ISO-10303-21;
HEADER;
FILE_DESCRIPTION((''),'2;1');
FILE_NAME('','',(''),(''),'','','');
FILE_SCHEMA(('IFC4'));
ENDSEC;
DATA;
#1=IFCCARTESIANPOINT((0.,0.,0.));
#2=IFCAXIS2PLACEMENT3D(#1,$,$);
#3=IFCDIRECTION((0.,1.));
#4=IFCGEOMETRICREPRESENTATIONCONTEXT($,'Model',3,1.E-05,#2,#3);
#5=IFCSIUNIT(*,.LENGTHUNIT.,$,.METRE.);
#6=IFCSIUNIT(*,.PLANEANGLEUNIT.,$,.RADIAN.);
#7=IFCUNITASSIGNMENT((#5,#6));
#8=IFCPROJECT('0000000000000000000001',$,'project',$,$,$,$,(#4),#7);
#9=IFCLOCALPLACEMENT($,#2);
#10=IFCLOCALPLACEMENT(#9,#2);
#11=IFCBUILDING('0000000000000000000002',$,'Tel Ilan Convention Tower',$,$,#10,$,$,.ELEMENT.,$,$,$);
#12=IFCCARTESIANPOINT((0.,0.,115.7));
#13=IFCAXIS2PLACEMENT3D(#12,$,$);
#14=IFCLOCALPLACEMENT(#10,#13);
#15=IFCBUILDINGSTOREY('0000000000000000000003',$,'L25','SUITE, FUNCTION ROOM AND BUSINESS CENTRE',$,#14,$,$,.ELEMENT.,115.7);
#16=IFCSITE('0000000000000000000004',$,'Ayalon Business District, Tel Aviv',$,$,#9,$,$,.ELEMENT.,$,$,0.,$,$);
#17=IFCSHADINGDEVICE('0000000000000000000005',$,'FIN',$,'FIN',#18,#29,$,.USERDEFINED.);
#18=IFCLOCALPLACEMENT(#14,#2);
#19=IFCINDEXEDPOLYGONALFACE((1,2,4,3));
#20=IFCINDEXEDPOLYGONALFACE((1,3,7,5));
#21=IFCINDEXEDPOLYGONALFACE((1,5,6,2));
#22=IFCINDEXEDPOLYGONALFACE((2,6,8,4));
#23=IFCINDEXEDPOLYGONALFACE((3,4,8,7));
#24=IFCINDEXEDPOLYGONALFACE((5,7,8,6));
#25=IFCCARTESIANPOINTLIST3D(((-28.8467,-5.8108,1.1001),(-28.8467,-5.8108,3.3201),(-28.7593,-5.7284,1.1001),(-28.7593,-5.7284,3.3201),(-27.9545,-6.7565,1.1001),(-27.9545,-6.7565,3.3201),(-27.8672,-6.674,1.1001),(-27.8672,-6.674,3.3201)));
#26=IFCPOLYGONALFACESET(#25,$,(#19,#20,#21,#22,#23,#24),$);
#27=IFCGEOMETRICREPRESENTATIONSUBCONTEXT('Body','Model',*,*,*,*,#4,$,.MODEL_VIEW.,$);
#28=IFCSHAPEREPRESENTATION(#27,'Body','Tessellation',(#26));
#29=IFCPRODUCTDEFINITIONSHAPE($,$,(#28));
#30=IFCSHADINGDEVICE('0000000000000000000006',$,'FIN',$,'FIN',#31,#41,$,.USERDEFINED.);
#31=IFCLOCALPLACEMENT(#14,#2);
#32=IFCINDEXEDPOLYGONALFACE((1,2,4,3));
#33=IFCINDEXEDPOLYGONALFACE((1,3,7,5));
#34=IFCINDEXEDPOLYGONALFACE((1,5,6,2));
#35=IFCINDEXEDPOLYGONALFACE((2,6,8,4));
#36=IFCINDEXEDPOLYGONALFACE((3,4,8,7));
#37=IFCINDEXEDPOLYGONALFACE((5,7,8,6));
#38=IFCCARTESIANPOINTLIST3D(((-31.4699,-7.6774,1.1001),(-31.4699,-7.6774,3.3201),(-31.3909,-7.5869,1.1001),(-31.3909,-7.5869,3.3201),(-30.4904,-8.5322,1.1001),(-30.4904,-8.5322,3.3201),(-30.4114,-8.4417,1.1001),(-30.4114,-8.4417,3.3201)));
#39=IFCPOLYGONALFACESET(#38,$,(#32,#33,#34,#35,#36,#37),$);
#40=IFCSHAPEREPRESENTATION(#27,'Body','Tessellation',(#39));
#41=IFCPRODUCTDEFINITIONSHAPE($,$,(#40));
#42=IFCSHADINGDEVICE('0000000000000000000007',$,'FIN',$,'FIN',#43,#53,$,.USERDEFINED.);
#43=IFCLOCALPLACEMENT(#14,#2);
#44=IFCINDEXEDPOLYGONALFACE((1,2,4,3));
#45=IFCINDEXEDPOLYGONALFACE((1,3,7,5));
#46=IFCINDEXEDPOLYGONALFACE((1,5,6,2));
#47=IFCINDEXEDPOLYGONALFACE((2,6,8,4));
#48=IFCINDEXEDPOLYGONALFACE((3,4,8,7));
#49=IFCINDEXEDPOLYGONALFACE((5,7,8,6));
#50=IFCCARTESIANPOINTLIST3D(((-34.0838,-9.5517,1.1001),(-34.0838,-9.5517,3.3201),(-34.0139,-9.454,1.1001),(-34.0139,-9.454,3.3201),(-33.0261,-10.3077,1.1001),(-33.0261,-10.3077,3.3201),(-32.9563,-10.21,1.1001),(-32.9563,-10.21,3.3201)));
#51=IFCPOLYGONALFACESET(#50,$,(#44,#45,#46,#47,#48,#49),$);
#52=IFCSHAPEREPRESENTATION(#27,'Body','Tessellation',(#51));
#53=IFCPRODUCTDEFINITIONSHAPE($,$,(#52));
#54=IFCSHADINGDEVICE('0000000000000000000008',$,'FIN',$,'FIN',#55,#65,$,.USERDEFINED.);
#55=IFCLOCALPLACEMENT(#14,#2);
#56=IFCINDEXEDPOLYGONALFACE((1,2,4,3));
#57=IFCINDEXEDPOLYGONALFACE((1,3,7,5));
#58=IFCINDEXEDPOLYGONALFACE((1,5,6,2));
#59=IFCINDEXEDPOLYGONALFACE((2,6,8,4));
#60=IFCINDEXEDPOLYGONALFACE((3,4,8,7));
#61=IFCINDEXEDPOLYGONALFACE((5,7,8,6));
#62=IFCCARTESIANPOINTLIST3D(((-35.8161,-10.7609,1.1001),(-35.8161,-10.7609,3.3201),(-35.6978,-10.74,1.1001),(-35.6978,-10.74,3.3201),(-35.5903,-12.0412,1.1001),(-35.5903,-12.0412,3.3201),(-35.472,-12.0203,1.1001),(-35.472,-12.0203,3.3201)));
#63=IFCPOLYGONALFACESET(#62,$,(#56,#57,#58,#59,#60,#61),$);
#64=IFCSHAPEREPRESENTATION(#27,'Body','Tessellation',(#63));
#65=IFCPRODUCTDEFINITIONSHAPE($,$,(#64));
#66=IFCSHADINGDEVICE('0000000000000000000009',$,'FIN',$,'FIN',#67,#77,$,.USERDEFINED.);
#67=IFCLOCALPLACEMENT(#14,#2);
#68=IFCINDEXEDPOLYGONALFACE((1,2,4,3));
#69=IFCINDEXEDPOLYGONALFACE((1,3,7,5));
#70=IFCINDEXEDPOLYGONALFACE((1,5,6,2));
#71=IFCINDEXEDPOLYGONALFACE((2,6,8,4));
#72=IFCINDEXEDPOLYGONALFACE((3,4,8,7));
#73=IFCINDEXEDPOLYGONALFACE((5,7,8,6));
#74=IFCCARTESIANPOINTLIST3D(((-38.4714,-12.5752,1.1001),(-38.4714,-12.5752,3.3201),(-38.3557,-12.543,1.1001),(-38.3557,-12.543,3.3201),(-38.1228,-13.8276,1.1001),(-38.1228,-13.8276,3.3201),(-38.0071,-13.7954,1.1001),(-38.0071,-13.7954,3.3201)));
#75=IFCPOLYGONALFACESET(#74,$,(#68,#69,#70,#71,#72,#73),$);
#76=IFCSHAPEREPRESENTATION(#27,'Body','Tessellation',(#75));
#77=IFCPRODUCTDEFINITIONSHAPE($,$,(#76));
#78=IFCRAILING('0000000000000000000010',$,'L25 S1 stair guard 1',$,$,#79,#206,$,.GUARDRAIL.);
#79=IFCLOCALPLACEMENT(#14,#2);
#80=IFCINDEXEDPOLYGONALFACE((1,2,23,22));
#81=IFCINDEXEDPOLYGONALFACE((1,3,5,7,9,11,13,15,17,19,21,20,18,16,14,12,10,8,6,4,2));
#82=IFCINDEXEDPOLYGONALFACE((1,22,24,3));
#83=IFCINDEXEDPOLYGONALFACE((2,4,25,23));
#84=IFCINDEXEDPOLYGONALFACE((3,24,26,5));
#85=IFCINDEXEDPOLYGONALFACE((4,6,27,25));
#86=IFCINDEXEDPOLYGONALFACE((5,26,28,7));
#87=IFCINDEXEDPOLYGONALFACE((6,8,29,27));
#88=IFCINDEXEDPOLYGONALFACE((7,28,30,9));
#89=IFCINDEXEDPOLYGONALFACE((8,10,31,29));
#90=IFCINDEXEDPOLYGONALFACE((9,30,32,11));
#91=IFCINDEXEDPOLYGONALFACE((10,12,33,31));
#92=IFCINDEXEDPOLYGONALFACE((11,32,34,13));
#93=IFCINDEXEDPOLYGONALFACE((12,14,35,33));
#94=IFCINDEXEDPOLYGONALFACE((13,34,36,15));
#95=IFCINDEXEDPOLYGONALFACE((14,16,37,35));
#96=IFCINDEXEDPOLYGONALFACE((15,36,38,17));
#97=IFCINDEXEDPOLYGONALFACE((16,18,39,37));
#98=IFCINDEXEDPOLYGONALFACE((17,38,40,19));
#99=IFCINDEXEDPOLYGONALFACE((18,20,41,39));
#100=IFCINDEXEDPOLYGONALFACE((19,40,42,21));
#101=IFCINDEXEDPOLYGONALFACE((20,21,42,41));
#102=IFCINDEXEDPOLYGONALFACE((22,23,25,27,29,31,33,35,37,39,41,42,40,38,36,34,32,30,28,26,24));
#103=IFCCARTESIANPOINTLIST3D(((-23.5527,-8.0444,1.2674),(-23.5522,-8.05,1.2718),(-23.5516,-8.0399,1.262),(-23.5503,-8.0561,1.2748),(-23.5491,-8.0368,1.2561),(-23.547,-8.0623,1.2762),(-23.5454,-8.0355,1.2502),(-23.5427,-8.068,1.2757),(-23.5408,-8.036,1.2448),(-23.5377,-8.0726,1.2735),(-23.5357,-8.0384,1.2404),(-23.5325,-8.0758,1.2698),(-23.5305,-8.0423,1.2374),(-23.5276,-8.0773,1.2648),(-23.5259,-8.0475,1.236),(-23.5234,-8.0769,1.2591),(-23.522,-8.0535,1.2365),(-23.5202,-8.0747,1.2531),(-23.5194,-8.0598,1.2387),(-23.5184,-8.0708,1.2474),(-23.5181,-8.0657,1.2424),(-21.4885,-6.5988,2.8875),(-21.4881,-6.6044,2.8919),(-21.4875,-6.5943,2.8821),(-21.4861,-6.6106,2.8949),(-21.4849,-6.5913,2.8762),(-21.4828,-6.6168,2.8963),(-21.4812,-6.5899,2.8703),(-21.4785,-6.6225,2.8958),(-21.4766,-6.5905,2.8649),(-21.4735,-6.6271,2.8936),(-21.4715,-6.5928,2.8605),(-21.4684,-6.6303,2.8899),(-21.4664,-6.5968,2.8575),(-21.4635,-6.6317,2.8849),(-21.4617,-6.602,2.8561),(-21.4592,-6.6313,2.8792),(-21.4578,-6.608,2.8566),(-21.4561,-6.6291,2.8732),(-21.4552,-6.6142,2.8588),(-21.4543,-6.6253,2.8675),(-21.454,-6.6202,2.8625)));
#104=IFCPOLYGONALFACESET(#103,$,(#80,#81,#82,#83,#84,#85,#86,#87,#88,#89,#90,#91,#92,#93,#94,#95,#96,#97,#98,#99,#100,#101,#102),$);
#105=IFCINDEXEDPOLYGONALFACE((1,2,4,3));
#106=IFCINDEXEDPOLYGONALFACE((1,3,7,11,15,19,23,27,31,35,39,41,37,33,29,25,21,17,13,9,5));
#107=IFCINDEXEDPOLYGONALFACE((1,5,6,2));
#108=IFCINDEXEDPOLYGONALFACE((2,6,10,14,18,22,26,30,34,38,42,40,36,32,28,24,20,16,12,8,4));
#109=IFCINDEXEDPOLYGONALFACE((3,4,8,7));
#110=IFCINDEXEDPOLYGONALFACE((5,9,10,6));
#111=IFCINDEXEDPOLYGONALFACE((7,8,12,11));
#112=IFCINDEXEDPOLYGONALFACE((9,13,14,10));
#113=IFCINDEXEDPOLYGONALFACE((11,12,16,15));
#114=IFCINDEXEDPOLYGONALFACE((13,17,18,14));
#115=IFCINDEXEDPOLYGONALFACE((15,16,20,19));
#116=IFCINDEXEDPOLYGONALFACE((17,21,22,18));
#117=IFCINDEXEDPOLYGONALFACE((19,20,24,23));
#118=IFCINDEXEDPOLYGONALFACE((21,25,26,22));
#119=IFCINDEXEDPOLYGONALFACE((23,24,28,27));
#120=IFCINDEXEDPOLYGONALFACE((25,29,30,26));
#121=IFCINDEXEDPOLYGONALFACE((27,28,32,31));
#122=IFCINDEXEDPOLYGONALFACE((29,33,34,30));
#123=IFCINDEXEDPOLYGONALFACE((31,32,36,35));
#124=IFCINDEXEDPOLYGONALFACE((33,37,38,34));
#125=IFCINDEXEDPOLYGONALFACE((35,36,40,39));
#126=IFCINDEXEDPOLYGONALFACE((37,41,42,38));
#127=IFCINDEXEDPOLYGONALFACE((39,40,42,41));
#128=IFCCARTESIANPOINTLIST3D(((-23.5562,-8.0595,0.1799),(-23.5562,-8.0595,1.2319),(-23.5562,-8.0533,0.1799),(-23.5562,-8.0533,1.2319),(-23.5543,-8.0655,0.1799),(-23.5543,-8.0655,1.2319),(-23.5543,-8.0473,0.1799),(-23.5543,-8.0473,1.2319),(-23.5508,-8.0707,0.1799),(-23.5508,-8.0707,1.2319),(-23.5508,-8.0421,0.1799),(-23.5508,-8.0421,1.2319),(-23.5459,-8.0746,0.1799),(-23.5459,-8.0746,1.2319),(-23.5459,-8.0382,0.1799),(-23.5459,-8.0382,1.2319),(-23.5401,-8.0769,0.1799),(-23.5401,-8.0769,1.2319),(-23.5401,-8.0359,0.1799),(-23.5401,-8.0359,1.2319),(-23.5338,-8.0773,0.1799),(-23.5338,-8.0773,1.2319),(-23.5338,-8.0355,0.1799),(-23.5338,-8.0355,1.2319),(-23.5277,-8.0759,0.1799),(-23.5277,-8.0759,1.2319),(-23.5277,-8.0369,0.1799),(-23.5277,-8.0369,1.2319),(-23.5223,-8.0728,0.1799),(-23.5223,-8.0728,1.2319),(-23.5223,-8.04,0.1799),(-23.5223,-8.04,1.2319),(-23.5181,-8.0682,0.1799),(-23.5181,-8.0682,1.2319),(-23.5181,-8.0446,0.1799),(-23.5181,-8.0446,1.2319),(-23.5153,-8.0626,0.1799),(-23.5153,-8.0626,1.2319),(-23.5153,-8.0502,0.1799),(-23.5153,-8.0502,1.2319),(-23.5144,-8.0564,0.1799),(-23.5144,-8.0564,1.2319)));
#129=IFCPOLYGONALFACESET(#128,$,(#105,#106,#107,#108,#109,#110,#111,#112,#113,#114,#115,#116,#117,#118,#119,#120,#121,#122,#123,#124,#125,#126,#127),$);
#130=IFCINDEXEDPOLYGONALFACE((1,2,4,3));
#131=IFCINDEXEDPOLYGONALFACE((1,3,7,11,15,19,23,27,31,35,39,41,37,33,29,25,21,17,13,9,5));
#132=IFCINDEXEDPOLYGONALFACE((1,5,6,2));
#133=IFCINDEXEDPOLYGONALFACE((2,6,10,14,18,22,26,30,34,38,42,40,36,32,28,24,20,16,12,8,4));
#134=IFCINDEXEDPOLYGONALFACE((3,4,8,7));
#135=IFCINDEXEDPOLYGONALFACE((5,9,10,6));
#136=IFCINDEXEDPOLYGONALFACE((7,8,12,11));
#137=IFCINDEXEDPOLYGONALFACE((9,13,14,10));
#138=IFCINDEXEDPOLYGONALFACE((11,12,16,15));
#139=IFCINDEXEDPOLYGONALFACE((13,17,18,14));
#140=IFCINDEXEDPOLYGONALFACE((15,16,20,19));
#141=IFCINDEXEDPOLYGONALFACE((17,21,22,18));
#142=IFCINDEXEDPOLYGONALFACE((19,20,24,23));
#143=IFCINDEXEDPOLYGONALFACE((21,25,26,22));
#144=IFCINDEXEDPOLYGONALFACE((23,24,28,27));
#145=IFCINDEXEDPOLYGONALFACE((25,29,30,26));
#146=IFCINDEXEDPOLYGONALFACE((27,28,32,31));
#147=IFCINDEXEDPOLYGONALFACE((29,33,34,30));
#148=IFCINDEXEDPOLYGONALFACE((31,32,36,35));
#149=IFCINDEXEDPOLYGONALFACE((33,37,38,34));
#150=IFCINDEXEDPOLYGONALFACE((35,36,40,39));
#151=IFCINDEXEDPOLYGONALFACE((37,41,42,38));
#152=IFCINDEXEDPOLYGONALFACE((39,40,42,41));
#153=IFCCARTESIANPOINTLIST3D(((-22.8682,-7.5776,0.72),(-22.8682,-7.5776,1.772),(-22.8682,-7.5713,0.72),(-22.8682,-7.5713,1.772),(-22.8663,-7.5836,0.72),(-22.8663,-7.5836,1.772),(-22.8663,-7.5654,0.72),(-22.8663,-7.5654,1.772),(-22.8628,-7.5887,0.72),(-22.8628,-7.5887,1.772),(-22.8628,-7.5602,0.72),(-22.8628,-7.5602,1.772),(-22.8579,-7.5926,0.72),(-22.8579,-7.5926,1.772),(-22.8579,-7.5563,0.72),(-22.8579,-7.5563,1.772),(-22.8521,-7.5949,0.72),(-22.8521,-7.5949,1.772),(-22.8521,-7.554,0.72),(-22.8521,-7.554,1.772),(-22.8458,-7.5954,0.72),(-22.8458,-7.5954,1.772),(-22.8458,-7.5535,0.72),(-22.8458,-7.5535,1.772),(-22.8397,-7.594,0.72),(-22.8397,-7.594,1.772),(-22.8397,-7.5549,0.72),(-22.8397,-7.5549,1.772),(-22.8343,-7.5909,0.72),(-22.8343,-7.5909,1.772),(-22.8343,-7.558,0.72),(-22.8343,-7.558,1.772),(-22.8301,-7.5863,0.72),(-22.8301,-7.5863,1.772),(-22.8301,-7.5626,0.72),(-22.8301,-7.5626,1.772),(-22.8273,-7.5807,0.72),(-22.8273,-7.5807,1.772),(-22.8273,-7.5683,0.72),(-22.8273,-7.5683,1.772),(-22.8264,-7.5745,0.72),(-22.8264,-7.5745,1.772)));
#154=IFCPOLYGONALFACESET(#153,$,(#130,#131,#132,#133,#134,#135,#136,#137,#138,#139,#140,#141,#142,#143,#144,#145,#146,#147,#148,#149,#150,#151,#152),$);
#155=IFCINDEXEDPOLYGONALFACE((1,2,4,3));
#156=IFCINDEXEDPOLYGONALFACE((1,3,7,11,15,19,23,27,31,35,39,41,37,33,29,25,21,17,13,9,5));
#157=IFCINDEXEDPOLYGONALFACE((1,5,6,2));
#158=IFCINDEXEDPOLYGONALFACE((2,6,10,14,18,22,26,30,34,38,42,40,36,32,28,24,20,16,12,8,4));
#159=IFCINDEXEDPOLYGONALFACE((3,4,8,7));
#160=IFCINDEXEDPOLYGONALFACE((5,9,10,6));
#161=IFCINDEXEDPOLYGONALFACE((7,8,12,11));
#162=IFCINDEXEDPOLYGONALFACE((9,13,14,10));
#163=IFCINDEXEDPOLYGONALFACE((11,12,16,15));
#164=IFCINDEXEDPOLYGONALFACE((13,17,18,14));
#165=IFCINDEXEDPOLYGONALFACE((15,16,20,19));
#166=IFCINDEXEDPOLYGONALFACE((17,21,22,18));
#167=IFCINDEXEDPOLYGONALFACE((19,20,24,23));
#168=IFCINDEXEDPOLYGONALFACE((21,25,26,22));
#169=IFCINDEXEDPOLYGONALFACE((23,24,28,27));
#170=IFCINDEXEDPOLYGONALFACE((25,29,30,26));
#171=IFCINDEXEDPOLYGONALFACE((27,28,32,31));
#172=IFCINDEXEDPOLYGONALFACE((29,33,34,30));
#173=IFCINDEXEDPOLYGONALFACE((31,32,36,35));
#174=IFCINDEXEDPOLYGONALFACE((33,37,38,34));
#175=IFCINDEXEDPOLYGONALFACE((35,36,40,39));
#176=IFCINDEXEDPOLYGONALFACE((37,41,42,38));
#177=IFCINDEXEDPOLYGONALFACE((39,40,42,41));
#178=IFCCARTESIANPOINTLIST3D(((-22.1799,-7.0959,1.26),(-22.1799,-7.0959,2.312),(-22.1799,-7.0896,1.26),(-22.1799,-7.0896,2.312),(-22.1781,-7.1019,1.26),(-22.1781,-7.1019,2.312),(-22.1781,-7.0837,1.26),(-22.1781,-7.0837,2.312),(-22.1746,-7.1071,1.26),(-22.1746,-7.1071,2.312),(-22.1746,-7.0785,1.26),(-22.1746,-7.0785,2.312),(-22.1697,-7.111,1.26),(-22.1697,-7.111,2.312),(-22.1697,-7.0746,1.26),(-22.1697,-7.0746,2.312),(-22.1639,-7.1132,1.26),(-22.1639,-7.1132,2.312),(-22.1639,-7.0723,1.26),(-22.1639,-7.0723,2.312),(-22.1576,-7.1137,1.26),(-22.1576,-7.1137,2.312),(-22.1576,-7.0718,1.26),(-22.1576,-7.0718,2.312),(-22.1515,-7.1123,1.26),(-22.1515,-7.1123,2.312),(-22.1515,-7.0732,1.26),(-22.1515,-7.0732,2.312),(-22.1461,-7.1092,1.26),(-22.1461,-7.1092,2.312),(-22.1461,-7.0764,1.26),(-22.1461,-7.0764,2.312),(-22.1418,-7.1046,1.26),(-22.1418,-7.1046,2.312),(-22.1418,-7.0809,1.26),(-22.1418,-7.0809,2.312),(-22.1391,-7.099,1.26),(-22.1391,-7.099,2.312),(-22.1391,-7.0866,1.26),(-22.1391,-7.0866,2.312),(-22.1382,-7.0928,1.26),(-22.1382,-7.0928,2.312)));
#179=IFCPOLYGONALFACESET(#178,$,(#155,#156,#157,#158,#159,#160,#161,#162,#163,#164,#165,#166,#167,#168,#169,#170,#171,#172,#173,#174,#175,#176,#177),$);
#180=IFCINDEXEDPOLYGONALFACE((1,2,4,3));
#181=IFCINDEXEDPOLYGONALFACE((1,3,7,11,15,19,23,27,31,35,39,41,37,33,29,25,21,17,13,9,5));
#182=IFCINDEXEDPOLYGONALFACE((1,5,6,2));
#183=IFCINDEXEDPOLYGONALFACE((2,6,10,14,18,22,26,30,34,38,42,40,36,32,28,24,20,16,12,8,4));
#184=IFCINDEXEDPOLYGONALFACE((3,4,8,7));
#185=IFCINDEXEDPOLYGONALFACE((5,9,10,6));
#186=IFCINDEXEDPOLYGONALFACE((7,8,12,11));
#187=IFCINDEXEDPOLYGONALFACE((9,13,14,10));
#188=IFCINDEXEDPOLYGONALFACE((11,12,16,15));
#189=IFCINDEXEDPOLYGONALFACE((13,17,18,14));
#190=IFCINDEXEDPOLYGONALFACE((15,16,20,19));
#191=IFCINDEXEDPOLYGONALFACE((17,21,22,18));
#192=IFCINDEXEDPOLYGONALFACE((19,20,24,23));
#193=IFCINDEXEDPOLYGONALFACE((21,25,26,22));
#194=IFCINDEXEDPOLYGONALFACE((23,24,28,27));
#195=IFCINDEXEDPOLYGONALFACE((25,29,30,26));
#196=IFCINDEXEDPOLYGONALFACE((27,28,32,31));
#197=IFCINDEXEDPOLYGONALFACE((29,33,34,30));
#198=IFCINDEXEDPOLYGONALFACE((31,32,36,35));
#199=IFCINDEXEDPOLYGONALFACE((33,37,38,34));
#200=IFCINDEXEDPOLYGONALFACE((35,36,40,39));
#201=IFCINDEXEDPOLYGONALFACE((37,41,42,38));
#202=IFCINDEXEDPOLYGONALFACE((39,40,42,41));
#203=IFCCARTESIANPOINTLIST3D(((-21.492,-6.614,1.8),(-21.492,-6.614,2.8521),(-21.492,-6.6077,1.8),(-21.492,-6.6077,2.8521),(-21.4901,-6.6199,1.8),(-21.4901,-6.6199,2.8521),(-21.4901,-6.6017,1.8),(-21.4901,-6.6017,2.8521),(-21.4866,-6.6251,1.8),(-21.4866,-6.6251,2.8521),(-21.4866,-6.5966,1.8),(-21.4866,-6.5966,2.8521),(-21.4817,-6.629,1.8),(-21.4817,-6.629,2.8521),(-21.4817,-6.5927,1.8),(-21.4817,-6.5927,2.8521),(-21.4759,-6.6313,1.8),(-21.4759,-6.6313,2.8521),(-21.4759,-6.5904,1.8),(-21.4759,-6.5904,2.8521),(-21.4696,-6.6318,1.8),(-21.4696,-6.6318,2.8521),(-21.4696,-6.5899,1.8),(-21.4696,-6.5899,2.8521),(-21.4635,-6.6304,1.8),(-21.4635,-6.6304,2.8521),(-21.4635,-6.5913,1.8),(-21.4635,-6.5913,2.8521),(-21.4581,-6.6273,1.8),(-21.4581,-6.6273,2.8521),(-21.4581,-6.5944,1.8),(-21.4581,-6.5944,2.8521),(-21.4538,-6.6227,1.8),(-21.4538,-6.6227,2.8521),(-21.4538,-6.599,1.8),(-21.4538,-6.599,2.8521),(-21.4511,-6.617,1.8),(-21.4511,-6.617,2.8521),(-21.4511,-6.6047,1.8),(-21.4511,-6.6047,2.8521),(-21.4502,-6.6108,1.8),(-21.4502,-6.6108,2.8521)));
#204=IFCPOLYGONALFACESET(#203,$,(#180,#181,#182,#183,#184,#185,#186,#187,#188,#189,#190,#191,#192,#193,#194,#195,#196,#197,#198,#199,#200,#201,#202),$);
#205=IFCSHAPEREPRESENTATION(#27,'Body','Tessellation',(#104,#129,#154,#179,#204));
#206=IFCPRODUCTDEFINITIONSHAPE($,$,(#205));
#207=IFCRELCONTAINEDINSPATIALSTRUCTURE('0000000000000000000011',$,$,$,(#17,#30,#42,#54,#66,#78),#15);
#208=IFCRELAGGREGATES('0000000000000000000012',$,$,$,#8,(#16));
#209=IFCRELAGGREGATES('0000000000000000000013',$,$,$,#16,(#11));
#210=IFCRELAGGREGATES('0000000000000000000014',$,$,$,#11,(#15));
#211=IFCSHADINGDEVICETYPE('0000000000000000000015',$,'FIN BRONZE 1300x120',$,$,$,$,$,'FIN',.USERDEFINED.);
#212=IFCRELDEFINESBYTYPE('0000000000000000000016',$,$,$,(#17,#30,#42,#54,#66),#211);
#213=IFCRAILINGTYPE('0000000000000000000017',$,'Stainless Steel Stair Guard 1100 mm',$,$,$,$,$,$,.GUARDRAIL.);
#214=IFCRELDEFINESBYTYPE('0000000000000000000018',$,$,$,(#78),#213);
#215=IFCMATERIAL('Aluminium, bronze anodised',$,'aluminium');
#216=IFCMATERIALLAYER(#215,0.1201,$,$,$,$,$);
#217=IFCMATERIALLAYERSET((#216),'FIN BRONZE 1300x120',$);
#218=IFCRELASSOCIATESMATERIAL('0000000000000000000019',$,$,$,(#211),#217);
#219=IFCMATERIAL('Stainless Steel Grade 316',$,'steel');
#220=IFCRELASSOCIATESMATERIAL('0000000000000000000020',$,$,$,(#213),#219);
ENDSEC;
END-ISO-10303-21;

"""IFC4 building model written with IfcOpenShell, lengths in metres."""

from ifc_helpers import new_model, si_unit, direction, frame, origin, origin_2d, place, context, subcontext, project, spatial, rectangle, circle, extrude, material, layer, layer_set, type_object, element, save


model = new_model("IFC4")

# Units and contexts
model_context = context("Model", 3, precision=1e-05, world=origin(), true_north=direction((0.0, 1.0)))
body_context = subcontext(model_context, "Body", "Model", "MODEL_VIEW")
ifc_project = project(units=[si_unit("LENGTHUNIT", "METRE"), si_unit("PLANEANGLEUNIT", "RADIAN")], contexts=[model_context])

# Site, building, storey
site_placement = place(None, origin())
site = spatial("IfcSite", under=ifc_project, at=site_placement, Name="Ayalon Business District, Tel Aviv", CompositionType="ELEMENT", RefElevation=0.0)
building_placement = place(site_placement, origin())
building = spatial("IfcBuilding", under=site, at=building_placement, Name="Tel Ilan Convention Tower", CompositionType="ELEMENT")
storey_placement = place(building_placement, frame((0.0, 0.0, 115.7)))
storey = spatial("IfcBuildingStorey", under=building, at=storey_placement, Name="L25", Description="SUITE, FUNCTION ROOM AND BUSINESS CENTRE", CompositionType="ELEMENT", Elevation=115.7)

# Shading devices
ifc_material_1 = material(Name="Aluminium, bronze anodised", Category="aluminium")
ifc_layer_1 = layer(ifc_material_1, 0.1201)
ifc_layer_set_1 = layer_set([ifc_layer_1], Name="FIN BRONZE 1300x120")
shading_device_type = type_object("IfcShadingDeviceType", Name="FIN BRONZE 1300x120", ElementType="FIN", PredefinedType="USERDEFINED", material=ifc_layer_set_1)
for number, where, z_axis, x_axis, name in (
    (1, (-28.3569, -6.2424, 1.1001), (0.0, 0.0, 1.0), (-0.686242, 0.727374, 0.0), "FIN"),
    (2, (-30.9407, -8.0596, 1.1001), (0.0, 0.0, 1.0), (-0.753436, 0.657521, 0.0), "FIN"),
    (3, (-33.52, -9.8809, 1.1001), (0.0, 0.0, 1.0), (-0.813552, 0.581492, 0.0), "FIN"),
    (4, (-35.644, -11.3906, 1.1001), (0.0, 0.0, 1.0), (-0.173648, 0.984808, 0.0), "FIN"),
    (5, (-38.2393, -13.1853, 1.1001), (0.0, 0.0, 1.0), (-0.268173, 0.963371, 0.0), "FIN"),
):
    element("IfcShadingDevice", number, at=place(storey_placement, frame(where, z_axis=z_axis, x_axis=x_axis)), inside=storey, type_object=shading_device_type, Name=name, ObjectType="FIN", PredefinedType="USERDEFINED", context=body_context, shape_type="SweptSolid", body=[
        extrude(rectangle(XDim=1.3, YDim=0.1201, at=origin_2d()), origin(), (0.0, 0.0, 1.0), 2.22),
    ])

# Railing
ifc_material_2 = material(Name="Stainless Steel Grade 316", Category="steel")
railing_type = type_object("IfcRailingType", Name="Stainless Steel Stair Guard 1100 mm", PredefinedType="GUARDRAIL", material=ifc_material_2)
railing_1_placement = place(storey_placement, frame((-23.5354, -8.0564, 0.1799)))
element("IfcRailing", 6, at=railing_1_placement, inside=storey, type_object=railing_type, Name="L25 S1 stair guard 1", PredefinedType="GUARDRAIL", context=body_context, shape_type="SweptSolid", body=[
    extrude(circle(Radius=0.0239, at=origin_2d()), frame((0.0, 0.0, 1.0762), z_axis=(0.689013, 0.482513, 0.540779), x_axis=(-0.573625, 0.819118, 0.0)), (0.0, 0.0, 1.0), 2.9958),
    extrude(circle(Radius=0.021, at=origin_2d()), origin(), (0.0, 0.0, 1.0), 1.052),
    extrude(circle(Radius=0.021, at=origin_2d()), frame((0.688, 0.4819, 0.54)), (0.0, 0.0, 1.0), 1.052),
    extrude(circle(Radius=0.021, at=origin_2d()), frame((1.3762, 0.9636, 1.0801)), (0.0, 0.0, 1.0), 1.052),
    extrude(circle(Radius=0.021, at=origin_2d()), frame((2.0642, 1.4456, 1.6201)), (0.0, 0.0, 1.0), 1.052),
])

save(model, "model.ifc")
